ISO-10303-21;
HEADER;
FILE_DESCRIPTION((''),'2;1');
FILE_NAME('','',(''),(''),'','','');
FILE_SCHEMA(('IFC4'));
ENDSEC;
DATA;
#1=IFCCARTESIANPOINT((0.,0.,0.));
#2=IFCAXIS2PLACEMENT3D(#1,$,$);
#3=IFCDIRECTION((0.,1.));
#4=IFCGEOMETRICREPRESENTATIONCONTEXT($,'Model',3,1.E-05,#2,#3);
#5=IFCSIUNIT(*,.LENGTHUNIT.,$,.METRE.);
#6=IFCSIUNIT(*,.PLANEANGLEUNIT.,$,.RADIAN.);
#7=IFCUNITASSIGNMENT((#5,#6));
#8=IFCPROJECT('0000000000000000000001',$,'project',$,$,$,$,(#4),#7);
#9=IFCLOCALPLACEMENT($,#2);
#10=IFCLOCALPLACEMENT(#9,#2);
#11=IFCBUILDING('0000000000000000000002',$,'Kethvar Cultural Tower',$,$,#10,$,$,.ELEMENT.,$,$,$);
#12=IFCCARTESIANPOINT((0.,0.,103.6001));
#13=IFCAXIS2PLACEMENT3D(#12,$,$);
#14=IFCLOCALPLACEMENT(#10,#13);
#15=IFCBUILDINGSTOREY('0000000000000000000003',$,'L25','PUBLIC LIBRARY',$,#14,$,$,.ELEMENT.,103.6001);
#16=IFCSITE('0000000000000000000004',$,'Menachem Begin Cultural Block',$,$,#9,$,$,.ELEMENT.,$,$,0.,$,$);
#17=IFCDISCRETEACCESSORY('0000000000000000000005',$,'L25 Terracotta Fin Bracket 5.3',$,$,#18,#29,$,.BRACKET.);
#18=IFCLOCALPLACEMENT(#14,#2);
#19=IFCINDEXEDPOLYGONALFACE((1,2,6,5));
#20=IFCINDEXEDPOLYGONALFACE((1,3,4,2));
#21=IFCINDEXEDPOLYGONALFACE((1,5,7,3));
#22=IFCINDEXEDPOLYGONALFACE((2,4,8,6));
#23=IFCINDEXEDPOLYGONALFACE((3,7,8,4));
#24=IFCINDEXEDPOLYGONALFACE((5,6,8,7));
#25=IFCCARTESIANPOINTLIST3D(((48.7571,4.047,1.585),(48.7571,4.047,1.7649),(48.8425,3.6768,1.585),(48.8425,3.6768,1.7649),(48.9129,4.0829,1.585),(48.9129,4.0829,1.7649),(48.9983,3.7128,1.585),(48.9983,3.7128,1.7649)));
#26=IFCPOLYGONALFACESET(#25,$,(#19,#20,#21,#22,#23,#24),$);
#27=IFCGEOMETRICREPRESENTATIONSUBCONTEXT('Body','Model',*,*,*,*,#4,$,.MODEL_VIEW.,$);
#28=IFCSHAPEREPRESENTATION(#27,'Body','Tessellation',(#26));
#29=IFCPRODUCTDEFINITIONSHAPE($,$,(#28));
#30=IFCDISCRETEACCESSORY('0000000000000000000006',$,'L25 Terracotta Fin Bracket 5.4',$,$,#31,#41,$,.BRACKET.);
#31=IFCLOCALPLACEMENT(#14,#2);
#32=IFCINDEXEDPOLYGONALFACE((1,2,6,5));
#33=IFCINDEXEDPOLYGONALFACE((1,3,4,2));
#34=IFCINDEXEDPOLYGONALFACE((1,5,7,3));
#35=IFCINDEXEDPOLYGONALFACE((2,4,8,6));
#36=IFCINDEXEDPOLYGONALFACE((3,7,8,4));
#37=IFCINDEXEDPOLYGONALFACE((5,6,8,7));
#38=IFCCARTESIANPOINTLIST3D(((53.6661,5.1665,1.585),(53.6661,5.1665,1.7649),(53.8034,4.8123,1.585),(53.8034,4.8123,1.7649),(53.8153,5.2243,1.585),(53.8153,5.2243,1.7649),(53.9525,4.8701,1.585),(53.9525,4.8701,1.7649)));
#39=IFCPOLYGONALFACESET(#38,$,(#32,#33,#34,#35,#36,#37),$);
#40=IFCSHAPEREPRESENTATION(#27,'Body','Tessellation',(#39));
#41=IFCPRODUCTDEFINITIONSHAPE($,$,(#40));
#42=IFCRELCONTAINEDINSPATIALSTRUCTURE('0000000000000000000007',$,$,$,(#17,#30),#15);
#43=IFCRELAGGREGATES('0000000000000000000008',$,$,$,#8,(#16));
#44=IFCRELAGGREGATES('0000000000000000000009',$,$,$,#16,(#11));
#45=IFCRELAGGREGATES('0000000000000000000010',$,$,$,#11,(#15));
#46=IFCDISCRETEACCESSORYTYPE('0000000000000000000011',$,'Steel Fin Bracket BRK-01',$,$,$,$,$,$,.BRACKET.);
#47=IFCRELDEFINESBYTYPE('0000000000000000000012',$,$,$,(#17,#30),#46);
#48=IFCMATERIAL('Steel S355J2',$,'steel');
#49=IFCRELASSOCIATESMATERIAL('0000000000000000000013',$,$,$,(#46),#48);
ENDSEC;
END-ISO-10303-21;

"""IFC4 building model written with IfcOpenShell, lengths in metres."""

from ifc_helpers import new_model, si_unit, direction, frame, origin, origin_2d, place, context, subcontext, project, spatial, rectangle, extrude, source, transform, mapped, material, type_object, element, save


model = new_model("IFC4")

# Units and contexts
model_context = context("Model", 3, precision=1e-05, world=origin(), true_north=direction((0.0, 1.0)))
body_context = subcontext(model_context, "Body", "Model", "MODEL_VIEW")
ifc_project = project(units=[si_unit("LENGTHUNIT", "METRE"), si_unit("PLANEANGLEUNIT", "RADIAN")], contexts=[model_context])

# Site, building, storey
site_placement = place(None, origin())
site = spatial("IfcSite", under=ifc_project, at=site_placement, Name="Menachem Begin Cultural Block", CompositionType="ELEMENT", RefElevation=0.0)
building_placement = place(site_placement, origin())
building = spatial("IfcBuilding", under=site, at=building_placement, Name="Kethvar Cultural Tower", CompositionType="ELEMENT")
storey_placement = place(building_placement, frame((0.0, 0.0, 103.6001)))
storey = spatial("IfcBuildingStorey", under=building, at=storey_placement, Name="L25", Description="PUBLIC LIBRARY", CompositionType="ELEMENT", Elevation=103.6001)

# Shared definitions
ifc_material_1 = material(Name="Steel S355J2", Category="steel")

# Discrete accessories
discrete_accessory_type = type_object("IfcDiscreteAccessoryType", Name="Steel Fin Bracket BRK-01", PredefinedType="BRACKET", material=ifc_material_1)
shared_shape_1 = source(origin(), body_context, "Body", "SweptSolid", [
    extrude(rectangle(XDim=0.3799, YDim=0.1599, at=origin_2d()), origin(), (0.0, 0.0, 1.0), 0.1799),
])
for number, where, z_axis, x_axis, name in (
    (1, (48.8777, 3.8799, 1.585), (0.0, 0.0, 1.0), (0.224951, -0.97437, 0.0), "L25 Terracotta Fin Bracket 5.3"),
    (2, (53.8093, 5.0183, 1.585), (0.0, 0.0, 1.0), (0.361299, -0.93245, 0.0), "L25 Terracotta Fin Bracket 5.4"),
):
    element("IfcDiscreteAccessory", number, at=place(storey_placement, frame(where, z_axis=z_axis, x_axis=x_axis)), inside=storey, type_object=discrete_accessory_type, Name=name, PredefinedType="BRACKET", context=body_context, shape_type="MappedRepresentation", body=[
        mapped(shared_shape_1, transform((0.0, 0.0, 0.0), scale=1.0)),
    ])

save(model, "model.ifc")
